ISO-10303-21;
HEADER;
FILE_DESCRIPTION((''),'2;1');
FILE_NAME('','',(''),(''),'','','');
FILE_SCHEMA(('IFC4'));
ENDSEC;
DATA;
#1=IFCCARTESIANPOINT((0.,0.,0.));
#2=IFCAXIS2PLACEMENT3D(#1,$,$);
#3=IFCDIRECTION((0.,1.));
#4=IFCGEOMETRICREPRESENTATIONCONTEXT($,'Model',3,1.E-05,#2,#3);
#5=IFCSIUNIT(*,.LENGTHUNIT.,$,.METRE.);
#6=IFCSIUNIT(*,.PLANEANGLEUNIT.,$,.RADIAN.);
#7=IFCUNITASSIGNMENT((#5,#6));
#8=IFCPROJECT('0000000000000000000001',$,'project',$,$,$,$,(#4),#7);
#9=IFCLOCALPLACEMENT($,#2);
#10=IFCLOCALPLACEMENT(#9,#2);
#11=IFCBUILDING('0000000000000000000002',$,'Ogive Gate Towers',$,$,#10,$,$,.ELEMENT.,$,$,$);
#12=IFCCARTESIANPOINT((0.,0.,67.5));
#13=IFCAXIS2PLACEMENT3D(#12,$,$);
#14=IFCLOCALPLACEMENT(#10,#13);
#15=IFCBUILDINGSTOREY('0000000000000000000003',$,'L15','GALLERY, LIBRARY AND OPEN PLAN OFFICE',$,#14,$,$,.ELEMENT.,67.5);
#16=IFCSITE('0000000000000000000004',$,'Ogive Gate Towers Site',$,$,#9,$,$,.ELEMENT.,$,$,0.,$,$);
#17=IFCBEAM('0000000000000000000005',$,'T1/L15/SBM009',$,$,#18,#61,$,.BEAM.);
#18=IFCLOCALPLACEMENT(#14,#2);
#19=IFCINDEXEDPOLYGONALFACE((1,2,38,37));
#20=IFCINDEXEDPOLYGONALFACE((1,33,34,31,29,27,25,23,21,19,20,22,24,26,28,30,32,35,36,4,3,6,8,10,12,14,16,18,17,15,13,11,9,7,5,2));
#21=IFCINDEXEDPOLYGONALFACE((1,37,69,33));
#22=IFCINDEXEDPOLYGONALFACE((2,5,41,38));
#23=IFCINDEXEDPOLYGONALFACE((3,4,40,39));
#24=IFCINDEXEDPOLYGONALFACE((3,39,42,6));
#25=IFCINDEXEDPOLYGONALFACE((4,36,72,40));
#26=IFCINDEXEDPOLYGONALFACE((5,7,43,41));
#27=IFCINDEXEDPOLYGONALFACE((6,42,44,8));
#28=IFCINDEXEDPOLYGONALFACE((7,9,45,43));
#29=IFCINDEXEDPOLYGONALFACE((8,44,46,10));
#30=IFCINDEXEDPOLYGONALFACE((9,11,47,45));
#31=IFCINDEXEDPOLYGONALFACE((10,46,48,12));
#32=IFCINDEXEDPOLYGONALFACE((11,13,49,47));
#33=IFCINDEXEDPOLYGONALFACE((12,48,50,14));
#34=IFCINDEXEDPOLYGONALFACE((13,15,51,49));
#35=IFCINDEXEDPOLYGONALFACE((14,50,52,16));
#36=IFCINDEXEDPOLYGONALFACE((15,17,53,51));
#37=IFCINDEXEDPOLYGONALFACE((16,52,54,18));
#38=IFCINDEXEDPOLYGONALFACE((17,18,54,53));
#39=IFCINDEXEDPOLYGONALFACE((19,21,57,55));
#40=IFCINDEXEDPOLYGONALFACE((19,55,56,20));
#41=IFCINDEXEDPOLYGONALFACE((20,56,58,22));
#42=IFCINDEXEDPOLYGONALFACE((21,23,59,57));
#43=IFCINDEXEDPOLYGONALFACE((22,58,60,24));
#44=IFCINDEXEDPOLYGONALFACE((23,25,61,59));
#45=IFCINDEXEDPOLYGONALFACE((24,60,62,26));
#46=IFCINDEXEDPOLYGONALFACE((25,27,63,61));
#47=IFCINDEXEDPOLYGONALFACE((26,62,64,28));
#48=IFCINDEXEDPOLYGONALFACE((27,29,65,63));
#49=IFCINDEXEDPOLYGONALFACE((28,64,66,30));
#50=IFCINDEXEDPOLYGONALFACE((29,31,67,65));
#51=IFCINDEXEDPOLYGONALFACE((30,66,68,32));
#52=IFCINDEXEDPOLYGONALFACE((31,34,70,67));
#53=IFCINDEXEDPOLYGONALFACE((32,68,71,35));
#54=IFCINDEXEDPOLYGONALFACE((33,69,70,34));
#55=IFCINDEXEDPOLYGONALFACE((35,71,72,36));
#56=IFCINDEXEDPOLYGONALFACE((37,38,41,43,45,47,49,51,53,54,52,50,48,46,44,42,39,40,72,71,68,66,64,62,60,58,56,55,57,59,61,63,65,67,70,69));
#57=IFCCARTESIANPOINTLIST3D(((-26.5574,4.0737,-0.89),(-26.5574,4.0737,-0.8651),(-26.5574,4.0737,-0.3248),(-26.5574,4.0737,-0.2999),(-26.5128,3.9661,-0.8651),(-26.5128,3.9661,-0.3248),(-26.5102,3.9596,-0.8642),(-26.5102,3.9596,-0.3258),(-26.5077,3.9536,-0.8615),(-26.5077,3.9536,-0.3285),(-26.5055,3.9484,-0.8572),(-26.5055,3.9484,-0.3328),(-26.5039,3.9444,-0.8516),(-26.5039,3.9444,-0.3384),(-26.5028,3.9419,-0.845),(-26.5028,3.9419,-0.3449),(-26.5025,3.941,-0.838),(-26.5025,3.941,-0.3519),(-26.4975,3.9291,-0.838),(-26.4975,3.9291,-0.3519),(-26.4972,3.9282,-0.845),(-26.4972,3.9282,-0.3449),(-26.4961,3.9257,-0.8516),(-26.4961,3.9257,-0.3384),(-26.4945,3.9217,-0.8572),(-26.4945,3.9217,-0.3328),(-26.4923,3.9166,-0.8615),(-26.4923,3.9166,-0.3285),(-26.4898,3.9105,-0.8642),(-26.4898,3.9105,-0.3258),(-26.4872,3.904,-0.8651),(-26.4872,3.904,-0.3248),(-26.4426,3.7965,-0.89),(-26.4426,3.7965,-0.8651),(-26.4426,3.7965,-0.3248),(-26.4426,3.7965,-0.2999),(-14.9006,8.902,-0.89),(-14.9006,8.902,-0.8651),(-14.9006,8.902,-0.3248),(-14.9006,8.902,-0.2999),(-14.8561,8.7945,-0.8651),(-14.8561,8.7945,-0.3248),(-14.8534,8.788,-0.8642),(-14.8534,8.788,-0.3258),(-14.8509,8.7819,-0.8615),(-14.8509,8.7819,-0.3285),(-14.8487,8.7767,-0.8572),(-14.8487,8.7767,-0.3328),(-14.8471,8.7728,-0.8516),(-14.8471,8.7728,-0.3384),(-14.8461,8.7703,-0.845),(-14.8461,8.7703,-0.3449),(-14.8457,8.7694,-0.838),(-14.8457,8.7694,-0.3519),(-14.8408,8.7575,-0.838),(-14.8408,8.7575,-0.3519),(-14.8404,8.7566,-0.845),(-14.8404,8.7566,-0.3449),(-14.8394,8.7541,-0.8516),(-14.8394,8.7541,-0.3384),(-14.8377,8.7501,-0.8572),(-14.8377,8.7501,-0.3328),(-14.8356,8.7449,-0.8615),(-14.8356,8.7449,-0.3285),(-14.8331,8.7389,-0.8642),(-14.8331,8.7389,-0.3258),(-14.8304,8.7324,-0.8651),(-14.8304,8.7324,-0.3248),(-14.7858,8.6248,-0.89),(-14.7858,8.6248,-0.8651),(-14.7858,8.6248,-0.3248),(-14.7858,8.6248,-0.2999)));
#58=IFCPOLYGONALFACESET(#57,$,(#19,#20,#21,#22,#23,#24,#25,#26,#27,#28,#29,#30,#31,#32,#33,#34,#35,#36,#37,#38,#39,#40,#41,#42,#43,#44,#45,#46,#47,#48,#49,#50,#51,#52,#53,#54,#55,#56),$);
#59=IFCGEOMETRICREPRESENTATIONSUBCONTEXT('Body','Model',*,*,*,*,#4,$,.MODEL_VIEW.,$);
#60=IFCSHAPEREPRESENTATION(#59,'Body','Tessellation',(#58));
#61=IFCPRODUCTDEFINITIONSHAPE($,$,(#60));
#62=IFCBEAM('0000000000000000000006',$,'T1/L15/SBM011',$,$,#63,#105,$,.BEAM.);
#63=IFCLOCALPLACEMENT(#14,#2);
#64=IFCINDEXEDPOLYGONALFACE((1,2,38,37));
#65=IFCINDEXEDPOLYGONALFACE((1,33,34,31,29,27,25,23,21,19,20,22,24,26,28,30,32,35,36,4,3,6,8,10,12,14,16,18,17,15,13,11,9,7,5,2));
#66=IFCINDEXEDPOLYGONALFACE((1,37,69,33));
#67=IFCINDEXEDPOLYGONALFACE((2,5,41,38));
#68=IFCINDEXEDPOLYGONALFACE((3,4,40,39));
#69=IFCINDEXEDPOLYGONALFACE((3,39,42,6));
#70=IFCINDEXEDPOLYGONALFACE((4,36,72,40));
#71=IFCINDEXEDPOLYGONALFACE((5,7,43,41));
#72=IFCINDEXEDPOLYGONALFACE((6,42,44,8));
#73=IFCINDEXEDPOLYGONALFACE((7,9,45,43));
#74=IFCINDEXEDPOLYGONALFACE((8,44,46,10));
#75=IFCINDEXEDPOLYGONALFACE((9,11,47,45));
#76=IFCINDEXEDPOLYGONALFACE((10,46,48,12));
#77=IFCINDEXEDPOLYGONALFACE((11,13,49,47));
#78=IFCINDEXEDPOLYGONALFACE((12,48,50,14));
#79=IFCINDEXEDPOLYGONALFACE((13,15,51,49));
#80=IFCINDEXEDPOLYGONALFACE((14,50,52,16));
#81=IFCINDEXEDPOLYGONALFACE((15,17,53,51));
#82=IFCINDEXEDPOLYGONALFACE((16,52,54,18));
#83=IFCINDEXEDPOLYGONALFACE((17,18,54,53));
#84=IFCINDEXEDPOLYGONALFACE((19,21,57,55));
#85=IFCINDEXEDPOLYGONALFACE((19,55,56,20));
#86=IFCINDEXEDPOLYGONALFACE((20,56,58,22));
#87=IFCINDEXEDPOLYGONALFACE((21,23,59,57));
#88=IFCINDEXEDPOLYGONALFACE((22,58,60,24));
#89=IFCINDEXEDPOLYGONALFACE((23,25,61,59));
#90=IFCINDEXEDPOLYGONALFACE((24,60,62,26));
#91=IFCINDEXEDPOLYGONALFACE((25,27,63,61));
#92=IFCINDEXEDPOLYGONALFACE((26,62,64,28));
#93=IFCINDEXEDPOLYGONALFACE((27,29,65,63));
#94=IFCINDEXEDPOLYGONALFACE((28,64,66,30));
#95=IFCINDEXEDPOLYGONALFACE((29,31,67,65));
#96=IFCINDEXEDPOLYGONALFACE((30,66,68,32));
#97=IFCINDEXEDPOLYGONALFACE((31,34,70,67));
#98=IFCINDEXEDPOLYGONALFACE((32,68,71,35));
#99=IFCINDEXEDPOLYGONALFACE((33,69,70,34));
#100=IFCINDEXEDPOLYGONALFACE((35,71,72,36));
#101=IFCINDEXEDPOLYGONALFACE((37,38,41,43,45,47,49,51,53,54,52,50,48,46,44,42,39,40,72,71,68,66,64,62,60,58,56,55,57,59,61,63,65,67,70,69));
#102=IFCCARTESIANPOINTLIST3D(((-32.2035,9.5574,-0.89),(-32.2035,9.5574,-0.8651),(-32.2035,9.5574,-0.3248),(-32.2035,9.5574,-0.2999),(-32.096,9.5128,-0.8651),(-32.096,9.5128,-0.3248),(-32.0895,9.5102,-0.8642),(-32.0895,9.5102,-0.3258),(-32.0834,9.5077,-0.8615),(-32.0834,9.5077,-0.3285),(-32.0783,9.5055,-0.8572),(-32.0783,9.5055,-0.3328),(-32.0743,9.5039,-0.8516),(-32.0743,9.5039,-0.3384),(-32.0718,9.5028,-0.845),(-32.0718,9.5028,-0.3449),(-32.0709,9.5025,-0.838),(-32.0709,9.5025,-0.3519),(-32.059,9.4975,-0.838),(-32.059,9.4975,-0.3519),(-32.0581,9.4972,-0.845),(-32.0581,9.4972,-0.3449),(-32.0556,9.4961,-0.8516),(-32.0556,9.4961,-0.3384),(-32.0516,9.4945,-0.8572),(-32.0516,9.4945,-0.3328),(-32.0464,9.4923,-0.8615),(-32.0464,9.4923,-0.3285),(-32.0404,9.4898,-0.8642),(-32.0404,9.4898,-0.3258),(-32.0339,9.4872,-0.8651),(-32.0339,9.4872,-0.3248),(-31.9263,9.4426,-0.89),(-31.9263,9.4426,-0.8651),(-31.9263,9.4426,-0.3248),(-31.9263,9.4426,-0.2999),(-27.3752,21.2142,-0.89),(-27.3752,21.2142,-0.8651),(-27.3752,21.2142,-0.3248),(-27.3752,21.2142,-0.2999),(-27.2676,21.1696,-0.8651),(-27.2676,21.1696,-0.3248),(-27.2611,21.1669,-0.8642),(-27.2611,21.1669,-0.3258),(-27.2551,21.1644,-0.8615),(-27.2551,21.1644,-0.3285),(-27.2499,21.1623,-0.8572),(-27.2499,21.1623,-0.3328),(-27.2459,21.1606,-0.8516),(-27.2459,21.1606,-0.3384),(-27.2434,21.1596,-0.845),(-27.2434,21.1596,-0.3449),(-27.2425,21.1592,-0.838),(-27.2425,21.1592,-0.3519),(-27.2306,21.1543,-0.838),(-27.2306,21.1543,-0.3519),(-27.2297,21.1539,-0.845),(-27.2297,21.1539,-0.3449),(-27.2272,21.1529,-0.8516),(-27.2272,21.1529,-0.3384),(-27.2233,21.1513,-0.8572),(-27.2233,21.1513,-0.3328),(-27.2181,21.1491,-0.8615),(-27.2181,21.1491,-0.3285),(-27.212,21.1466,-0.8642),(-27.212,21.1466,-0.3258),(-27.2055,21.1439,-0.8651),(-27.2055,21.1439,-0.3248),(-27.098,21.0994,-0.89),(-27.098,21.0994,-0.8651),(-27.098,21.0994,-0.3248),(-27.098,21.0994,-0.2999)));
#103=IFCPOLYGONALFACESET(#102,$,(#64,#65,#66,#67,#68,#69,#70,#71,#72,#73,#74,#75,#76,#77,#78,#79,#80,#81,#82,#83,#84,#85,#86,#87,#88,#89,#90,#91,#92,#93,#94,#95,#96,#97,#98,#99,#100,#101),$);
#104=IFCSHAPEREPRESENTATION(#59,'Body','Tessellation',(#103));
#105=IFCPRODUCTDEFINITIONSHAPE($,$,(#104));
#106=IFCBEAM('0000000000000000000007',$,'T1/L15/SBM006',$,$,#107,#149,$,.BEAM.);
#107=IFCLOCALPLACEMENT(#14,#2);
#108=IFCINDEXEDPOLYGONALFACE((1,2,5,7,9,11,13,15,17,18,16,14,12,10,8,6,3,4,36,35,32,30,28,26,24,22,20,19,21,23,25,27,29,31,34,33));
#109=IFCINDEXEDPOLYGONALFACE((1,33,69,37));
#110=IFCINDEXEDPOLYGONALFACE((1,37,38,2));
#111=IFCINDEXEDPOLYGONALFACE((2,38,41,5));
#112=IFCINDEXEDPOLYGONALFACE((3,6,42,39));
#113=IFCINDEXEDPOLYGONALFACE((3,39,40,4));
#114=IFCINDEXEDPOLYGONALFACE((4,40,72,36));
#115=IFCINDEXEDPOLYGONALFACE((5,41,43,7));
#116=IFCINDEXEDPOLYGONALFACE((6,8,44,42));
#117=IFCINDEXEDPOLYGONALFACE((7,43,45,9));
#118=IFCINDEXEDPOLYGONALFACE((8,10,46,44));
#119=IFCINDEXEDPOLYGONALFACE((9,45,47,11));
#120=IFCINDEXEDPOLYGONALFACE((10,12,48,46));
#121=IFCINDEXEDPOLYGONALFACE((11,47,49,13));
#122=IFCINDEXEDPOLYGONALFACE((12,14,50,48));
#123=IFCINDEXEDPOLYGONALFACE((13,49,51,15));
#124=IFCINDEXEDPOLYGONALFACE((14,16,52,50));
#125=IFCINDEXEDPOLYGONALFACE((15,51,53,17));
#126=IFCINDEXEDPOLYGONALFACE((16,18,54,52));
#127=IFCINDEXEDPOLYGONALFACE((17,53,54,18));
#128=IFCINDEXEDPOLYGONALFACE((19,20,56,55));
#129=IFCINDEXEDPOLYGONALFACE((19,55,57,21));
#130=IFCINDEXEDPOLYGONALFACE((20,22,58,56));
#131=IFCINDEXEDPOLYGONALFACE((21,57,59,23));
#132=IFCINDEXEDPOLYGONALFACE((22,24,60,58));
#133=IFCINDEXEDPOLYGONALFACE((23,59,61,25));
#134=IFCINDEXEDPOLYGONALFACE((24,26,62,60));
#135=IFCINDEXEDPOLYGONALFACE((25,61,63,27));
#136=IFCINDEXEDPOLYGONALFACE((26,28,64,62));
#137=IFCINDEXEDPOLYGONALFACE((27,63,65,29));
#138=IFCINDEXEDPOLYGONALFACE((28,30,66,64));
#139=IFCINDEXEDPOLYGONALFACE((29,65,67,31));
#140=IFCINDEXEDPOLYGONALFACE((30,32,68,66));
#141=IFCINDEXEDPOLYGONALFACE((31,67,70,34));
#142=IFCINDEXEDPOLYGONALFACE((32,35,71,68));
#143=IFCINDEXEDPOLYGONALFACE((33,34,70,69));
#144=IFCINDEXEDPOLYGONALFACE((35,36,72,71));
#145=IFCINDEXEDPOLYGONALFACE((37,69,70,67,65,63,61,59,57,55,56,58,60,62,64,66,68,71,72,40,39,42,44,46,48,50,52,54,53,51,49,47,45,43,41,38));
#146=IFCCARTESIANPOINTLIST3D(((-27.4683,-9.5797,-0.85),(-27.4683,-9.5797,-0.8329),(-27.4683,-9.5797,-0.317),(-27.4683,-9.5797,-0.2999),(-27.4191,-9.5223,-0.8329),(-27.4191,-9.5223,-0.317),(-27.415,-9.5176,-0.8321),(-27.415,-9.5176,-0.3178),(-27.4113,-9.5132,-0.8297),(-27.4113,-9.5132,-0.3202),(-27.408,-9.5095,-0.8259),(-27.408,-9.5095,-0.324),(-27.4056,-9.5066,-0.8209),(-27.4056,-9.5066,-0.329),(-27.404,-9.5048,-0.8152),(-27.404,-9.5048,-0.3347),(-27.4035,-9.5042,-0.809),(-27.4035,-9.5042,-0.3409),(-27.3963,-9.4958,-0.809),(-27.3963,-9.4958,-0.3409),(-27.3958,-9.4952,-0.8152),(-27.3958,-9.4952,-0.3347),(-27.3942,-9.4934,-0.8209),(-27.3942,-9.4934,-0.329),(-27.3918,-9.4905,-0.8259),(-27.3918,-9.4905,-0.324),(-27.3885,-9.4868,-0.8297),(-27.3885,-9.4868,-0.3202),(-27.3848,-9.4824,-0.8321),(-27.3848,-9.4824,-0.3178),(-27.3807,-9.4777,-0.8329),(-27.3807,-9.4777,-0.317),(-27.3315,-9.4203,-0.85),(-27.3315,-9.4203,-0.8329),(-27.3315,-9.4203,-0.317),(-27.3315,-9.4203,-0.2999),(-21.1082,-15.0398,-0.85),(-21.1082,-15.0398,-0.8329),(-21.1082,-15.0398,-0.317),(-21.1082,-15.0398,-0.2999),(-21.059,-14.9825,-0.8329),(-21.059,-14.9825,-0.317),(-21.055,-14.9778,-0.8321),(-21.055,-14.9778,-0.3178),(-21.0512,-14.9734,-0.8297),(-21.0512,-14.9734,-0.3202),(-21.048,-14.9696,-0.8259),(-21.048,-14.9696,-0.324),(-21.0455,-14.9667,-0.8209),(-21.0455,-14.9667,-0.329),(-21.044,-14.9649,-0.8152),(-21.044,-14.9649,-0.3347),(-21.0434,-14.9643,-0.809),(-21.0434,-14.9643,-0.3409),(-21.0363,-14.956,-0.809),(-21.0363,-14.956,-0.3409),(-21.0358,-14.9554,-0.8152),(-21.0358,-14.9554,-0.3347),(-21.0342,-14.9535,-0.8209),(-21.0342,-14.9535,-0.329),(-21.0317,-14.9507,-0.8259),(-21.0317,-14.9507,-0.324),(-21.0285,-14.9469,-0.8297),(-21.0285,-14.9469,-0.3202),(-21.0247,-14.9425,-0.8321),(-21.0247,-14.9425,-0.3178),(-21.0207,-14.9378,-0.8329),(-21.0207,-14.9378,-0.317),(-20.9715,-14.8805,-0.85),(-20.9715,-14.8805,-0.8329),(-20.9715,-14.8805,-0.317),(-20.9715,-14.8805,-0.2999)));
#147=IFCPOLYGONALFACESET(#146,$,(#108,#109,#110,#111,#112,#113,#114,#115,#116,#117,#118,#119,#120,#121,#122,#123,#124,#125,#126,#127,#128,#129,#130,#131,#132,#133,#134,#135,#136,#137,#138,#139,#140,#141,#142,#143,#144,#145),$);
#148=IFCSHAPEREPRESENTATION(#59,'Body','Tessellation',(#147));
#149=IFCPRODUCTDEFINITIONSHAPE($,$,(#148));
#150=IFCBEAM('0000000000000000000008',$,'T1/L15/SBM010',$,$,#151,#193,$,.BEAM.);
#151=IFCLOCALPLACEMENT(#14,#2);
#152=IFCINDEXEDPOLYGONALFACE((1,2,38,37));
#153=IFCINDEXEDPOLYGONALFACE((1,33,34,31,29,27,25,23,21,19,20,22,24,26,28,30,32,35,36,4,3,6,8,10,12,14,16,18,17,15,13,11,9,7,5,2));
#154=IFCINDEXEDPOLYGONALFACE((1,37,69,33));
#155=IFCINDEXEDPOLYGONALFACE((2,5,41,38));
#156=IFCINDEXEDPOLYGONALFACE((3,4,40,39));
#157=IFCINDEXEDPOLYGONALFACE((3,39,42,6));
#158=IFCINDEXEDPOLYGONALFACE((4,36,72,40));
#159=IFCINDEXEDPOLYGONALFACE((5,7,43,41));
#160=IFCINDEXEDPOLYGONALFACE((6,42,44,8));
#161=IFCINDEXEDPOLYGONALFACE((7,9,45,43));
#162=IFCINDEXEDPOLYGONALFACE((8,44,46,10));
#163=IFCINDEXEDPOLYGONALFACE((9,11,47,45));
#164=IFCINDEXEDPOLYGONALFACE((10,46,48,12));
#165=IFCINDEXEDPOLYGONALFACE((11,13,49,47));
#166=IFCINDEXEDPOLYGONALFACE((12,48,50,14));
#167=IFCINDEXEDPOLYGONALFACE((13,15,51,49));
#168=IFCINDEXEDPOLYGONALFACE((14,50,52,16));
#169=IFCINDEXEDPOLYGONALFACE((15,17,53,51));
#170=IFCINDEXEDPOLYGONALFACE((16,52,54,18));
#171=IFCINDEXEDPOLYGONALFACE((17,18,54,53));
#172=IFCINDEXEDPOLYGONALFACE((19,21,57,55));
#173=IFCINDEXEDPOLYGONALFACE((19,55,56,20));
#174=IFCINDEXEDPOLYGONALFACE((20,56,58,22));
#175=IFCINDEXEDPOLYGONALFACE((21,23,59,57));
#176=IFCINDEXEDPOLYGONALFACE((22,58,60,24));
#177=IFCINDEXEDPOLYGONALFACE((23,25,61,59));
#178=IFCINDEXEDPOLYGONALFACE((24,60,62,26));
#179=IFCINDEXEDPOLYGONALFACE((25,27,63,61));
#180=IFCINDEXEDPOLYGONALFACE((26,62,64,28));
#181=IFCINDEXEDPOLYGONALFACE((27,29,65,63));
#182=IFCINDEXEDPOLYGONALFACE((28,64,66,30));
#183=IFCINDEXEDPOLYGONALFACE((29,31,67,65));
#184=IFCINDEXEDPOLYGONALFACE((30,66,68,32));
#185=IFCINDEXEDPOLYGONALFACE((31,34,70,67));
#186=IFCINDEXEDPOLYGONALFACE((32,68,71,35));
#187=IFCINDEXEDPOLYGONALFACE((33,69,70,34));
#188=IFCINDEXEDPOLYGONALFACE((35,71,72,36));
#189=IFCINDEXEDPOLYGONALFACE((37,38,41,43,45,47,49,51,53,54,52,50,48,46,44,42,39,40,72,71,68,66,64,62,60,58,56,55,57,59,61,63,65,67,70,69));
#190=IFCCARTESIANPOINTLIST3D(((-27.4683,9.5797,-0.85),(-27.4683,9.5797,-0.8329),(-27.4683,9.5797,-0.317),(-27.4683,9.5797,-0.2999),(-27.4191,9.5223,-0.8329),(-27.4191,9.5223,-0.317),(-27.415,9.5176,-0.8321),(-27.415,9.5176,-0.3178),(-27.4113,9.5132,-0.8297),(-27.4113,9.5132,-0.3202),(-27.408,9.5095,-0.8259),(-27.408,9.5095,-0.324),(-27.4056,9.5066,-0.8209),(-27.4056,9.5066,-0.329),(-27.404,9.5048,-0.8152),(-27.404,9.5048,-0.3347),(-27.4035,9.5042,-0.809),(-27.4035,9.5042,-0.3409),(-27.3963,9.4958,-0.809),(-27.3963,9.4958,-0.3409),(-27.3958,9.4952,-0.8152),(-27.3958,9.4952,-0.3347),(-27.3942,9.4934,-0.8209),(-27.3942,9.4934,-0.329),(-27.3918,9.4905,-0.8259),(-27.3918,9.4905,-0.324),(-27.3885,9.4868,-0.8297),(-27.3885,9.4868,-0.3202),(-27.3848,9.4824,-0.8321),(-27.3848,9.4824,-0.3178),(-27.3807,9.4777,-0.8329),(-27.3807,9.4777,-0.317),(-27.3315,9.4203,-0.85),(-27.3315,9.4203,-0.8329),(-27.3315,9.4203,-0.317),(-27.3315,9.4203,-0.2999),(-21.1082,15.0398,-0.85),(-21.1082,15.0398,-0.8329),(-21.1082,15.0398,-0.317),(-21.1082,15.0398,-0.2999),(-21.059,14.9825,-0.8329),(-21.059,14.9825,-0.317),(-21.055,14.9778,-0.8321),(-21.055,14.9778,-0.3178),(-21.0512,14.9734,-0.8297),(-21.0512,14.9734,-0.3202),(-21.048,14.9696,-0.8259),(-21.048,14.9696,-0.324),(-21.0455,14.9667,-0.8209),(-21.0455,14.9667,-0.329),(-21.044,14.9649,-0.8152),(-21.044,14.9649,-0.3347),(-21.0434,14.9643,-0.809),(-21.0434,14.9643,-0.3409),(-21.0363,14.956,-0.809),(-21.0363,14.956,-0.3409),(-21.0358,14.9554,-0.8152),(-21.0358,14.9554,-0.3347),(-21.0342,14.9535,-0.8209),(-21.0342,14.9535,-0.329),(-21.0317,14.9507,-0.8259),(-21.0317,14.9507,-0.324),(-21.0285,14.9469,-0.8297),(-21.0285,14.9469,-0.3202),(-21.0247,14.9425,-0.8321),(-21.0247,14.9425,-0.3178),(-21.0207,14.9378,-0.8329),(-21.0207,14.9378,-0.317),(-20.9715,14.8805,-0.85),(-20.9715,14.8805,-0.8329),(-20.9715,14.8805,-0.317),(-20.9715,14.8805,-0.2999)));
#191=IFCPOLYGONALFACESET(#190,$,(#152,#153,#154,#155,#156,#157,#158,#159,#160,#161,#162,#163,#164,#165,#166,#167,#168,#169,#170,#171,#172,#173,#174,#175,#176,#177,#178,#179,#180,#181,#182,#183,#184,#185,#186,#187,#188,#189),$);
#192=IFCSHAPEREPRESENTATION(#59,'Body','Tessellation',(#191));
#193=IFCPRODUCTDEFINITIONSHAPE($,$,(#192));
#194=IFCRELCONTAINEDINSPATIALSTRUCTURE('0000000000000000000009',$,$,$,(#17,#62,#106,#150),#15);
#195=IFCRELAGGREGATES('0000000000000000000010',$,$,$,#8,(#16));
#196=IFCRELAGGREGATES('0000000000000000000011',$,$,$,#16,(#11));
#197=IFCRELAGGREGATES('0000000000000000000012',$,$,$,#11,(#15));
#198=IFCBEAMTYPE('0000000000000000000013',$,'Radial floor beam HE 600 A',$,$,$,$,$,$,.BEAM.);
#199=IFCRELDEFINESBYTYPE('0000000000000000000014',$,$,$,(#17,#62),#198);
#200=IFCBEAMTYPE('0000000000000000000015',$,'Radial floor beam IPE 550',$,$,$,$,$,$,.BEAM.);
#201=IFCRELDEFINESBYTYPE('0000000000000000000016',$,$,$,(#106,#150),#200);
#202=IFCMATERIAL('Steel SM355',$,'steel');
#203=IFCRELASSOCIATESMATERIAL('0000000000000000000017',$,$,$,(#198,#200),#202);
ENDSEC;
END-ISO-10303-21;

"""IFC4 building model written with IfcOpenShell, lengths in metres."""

from ifc_helpers import new_model, si_unit, direction, frame, origin, origin_2d, place, context, subcontext, project, spatial, i_section, extrude, material, material_profile, profile_set, type_object, element, save


model = new_model("IFC4")

# Units and contexts
model_context = context("Model", 3, precision=1e-05, world=origin(), true_north=direction((0.0, 1.0)))
body_context = subcontext(model_context, "Body", "Model", "MODEL_VIEW")
ifc_project = project(units=[si_unit("LENGTHUNIT", "METRE"), si_unit("PLANEANGLEUNIT", "RADIAN")], contexts=[model_context])

# Site, building, storey
site_placement = place(None, origin())
site = spatial("IfcSite", under=ifc_project, at=site_placement, Name="Ogive Gate Towers Site", CompositionType="ELEMENT", RefElevation=0.0)
building_placement = place(site_placement, origin())
building = spatial("IfcBuilding", under=site, at=building_placement, Name="Ogive Gate Towers", CompositionType="ELEMENT")
storey_placement = place(building_placement, frame((0.0, 0.0, 67.5)))
storey = spatial("IfcBuildingStorey", under=building, at=storey_placement, Name="L15", Description="GALLERY, LIBRARY AND OPEN PLAN OFFICE", CompositionType="ELEMENT", Elevation=67.5)

# Beams
ifc_material_1 = material(Name="Steel SM355", Category="steel")
ifc_material_profile_1 = material_profile(ifc_material_1, i_section(OverallWidth=0.3, OverallDepth=0.5901, WebThickness=0.0129, FlangeThickness=0.0249, FilletRadius=0.0271, at=origin_2d()), Name="HE 600 A")
ifc_profile_set_1 = profile_set([ifc_material_profile_1], Name="Steel SM355")
beam_type_1 = type_object("IfcBeamType", Name="Radial floor beam HE 600 A", PredefinedType="BEAM", material=ifc_profile_set_1)
for number, where, z_axis, x_axis, name in (
    (1, (-26.5, 3.9351, -0.595), (0.92388, 0.382683, 0.0), (-0.382683, 0.92388, 0.0), "T1/L15/SBM009"),
    (2, (-32.0649, 9.5, -0.595), (0.382683, 0.92388, 0.0), (-0.92388, 0.382683, 0.0), "T1/L15/SBM011"),
):
    element("IfcBeam", number, at=place(storey_placement, frame(where, z_axis=z_axis, x_axis=x_axis)), inside=storey, type_object=beam_type_1, Name=name, PredefinedType="BEAM", context=body_context, shape_type="SweptSolid", body=[
        extrude(i_section(OverallWidth=0.3, OverallDepth=0.5901, WebThickness=0.0129, FlangeThickness=0.0249, FilletRadius=0.0271, at=origin_2d()), origin(), (0.0, 0.0, 1.0), 12.6172),
    ])
ifc_material_profile_2 = material_profile(ifc_material_1, i_section(OverallWidth=0.21, OverallDepth=0.55, WebThickness=0.011, FlangeThickness=0.0171, FilletRadius=0.0239, at=origin_2d()), Name="IPE 550")
ifc_profile_set_2 = profile_set([ifc_material_profile_2], Name="Steel SM355")
beam_type_2 = type_object("IfcBeamType", Name="Radial floor beam IPE 550", PredefinedType="BEAM", material=ifc_profile_set_2)
for number, where, z_axis, x_axis, name in (
    (3, (-27.3999, -9.5, -0.575), (0.758744, -0.651388, 0.0), (0.651388, 0.758744, 0.0), "T1/L15/SBM006"),
    (4, (-27.3999, 9.5, -0.575), (0.758744, 0.651388, 0.0), (-0.651388, 0.758744, 0.0), "T1/L15/SBM010"),
):
    element("IfcBeam", number, at=place(storey_placement, frame(where, z_axis=z_axis, x_axis=x_axis)), inside=storey, type_object=beam_type_2, Name=name, PredefinedType="BEAM", context=body_context, shape_type="SweptSolid", body=[
        extrude(i_section(OverallWidth=0.21, OverallDepth=0.55, WebThickness=0.011, FlangeThickness=0.0171, FilletRadius=0.0239, at=origin_2d()), origin(), (0.0, 0.0, 1.0), 8.3823),
    ])

save(model, "model.ifc")
